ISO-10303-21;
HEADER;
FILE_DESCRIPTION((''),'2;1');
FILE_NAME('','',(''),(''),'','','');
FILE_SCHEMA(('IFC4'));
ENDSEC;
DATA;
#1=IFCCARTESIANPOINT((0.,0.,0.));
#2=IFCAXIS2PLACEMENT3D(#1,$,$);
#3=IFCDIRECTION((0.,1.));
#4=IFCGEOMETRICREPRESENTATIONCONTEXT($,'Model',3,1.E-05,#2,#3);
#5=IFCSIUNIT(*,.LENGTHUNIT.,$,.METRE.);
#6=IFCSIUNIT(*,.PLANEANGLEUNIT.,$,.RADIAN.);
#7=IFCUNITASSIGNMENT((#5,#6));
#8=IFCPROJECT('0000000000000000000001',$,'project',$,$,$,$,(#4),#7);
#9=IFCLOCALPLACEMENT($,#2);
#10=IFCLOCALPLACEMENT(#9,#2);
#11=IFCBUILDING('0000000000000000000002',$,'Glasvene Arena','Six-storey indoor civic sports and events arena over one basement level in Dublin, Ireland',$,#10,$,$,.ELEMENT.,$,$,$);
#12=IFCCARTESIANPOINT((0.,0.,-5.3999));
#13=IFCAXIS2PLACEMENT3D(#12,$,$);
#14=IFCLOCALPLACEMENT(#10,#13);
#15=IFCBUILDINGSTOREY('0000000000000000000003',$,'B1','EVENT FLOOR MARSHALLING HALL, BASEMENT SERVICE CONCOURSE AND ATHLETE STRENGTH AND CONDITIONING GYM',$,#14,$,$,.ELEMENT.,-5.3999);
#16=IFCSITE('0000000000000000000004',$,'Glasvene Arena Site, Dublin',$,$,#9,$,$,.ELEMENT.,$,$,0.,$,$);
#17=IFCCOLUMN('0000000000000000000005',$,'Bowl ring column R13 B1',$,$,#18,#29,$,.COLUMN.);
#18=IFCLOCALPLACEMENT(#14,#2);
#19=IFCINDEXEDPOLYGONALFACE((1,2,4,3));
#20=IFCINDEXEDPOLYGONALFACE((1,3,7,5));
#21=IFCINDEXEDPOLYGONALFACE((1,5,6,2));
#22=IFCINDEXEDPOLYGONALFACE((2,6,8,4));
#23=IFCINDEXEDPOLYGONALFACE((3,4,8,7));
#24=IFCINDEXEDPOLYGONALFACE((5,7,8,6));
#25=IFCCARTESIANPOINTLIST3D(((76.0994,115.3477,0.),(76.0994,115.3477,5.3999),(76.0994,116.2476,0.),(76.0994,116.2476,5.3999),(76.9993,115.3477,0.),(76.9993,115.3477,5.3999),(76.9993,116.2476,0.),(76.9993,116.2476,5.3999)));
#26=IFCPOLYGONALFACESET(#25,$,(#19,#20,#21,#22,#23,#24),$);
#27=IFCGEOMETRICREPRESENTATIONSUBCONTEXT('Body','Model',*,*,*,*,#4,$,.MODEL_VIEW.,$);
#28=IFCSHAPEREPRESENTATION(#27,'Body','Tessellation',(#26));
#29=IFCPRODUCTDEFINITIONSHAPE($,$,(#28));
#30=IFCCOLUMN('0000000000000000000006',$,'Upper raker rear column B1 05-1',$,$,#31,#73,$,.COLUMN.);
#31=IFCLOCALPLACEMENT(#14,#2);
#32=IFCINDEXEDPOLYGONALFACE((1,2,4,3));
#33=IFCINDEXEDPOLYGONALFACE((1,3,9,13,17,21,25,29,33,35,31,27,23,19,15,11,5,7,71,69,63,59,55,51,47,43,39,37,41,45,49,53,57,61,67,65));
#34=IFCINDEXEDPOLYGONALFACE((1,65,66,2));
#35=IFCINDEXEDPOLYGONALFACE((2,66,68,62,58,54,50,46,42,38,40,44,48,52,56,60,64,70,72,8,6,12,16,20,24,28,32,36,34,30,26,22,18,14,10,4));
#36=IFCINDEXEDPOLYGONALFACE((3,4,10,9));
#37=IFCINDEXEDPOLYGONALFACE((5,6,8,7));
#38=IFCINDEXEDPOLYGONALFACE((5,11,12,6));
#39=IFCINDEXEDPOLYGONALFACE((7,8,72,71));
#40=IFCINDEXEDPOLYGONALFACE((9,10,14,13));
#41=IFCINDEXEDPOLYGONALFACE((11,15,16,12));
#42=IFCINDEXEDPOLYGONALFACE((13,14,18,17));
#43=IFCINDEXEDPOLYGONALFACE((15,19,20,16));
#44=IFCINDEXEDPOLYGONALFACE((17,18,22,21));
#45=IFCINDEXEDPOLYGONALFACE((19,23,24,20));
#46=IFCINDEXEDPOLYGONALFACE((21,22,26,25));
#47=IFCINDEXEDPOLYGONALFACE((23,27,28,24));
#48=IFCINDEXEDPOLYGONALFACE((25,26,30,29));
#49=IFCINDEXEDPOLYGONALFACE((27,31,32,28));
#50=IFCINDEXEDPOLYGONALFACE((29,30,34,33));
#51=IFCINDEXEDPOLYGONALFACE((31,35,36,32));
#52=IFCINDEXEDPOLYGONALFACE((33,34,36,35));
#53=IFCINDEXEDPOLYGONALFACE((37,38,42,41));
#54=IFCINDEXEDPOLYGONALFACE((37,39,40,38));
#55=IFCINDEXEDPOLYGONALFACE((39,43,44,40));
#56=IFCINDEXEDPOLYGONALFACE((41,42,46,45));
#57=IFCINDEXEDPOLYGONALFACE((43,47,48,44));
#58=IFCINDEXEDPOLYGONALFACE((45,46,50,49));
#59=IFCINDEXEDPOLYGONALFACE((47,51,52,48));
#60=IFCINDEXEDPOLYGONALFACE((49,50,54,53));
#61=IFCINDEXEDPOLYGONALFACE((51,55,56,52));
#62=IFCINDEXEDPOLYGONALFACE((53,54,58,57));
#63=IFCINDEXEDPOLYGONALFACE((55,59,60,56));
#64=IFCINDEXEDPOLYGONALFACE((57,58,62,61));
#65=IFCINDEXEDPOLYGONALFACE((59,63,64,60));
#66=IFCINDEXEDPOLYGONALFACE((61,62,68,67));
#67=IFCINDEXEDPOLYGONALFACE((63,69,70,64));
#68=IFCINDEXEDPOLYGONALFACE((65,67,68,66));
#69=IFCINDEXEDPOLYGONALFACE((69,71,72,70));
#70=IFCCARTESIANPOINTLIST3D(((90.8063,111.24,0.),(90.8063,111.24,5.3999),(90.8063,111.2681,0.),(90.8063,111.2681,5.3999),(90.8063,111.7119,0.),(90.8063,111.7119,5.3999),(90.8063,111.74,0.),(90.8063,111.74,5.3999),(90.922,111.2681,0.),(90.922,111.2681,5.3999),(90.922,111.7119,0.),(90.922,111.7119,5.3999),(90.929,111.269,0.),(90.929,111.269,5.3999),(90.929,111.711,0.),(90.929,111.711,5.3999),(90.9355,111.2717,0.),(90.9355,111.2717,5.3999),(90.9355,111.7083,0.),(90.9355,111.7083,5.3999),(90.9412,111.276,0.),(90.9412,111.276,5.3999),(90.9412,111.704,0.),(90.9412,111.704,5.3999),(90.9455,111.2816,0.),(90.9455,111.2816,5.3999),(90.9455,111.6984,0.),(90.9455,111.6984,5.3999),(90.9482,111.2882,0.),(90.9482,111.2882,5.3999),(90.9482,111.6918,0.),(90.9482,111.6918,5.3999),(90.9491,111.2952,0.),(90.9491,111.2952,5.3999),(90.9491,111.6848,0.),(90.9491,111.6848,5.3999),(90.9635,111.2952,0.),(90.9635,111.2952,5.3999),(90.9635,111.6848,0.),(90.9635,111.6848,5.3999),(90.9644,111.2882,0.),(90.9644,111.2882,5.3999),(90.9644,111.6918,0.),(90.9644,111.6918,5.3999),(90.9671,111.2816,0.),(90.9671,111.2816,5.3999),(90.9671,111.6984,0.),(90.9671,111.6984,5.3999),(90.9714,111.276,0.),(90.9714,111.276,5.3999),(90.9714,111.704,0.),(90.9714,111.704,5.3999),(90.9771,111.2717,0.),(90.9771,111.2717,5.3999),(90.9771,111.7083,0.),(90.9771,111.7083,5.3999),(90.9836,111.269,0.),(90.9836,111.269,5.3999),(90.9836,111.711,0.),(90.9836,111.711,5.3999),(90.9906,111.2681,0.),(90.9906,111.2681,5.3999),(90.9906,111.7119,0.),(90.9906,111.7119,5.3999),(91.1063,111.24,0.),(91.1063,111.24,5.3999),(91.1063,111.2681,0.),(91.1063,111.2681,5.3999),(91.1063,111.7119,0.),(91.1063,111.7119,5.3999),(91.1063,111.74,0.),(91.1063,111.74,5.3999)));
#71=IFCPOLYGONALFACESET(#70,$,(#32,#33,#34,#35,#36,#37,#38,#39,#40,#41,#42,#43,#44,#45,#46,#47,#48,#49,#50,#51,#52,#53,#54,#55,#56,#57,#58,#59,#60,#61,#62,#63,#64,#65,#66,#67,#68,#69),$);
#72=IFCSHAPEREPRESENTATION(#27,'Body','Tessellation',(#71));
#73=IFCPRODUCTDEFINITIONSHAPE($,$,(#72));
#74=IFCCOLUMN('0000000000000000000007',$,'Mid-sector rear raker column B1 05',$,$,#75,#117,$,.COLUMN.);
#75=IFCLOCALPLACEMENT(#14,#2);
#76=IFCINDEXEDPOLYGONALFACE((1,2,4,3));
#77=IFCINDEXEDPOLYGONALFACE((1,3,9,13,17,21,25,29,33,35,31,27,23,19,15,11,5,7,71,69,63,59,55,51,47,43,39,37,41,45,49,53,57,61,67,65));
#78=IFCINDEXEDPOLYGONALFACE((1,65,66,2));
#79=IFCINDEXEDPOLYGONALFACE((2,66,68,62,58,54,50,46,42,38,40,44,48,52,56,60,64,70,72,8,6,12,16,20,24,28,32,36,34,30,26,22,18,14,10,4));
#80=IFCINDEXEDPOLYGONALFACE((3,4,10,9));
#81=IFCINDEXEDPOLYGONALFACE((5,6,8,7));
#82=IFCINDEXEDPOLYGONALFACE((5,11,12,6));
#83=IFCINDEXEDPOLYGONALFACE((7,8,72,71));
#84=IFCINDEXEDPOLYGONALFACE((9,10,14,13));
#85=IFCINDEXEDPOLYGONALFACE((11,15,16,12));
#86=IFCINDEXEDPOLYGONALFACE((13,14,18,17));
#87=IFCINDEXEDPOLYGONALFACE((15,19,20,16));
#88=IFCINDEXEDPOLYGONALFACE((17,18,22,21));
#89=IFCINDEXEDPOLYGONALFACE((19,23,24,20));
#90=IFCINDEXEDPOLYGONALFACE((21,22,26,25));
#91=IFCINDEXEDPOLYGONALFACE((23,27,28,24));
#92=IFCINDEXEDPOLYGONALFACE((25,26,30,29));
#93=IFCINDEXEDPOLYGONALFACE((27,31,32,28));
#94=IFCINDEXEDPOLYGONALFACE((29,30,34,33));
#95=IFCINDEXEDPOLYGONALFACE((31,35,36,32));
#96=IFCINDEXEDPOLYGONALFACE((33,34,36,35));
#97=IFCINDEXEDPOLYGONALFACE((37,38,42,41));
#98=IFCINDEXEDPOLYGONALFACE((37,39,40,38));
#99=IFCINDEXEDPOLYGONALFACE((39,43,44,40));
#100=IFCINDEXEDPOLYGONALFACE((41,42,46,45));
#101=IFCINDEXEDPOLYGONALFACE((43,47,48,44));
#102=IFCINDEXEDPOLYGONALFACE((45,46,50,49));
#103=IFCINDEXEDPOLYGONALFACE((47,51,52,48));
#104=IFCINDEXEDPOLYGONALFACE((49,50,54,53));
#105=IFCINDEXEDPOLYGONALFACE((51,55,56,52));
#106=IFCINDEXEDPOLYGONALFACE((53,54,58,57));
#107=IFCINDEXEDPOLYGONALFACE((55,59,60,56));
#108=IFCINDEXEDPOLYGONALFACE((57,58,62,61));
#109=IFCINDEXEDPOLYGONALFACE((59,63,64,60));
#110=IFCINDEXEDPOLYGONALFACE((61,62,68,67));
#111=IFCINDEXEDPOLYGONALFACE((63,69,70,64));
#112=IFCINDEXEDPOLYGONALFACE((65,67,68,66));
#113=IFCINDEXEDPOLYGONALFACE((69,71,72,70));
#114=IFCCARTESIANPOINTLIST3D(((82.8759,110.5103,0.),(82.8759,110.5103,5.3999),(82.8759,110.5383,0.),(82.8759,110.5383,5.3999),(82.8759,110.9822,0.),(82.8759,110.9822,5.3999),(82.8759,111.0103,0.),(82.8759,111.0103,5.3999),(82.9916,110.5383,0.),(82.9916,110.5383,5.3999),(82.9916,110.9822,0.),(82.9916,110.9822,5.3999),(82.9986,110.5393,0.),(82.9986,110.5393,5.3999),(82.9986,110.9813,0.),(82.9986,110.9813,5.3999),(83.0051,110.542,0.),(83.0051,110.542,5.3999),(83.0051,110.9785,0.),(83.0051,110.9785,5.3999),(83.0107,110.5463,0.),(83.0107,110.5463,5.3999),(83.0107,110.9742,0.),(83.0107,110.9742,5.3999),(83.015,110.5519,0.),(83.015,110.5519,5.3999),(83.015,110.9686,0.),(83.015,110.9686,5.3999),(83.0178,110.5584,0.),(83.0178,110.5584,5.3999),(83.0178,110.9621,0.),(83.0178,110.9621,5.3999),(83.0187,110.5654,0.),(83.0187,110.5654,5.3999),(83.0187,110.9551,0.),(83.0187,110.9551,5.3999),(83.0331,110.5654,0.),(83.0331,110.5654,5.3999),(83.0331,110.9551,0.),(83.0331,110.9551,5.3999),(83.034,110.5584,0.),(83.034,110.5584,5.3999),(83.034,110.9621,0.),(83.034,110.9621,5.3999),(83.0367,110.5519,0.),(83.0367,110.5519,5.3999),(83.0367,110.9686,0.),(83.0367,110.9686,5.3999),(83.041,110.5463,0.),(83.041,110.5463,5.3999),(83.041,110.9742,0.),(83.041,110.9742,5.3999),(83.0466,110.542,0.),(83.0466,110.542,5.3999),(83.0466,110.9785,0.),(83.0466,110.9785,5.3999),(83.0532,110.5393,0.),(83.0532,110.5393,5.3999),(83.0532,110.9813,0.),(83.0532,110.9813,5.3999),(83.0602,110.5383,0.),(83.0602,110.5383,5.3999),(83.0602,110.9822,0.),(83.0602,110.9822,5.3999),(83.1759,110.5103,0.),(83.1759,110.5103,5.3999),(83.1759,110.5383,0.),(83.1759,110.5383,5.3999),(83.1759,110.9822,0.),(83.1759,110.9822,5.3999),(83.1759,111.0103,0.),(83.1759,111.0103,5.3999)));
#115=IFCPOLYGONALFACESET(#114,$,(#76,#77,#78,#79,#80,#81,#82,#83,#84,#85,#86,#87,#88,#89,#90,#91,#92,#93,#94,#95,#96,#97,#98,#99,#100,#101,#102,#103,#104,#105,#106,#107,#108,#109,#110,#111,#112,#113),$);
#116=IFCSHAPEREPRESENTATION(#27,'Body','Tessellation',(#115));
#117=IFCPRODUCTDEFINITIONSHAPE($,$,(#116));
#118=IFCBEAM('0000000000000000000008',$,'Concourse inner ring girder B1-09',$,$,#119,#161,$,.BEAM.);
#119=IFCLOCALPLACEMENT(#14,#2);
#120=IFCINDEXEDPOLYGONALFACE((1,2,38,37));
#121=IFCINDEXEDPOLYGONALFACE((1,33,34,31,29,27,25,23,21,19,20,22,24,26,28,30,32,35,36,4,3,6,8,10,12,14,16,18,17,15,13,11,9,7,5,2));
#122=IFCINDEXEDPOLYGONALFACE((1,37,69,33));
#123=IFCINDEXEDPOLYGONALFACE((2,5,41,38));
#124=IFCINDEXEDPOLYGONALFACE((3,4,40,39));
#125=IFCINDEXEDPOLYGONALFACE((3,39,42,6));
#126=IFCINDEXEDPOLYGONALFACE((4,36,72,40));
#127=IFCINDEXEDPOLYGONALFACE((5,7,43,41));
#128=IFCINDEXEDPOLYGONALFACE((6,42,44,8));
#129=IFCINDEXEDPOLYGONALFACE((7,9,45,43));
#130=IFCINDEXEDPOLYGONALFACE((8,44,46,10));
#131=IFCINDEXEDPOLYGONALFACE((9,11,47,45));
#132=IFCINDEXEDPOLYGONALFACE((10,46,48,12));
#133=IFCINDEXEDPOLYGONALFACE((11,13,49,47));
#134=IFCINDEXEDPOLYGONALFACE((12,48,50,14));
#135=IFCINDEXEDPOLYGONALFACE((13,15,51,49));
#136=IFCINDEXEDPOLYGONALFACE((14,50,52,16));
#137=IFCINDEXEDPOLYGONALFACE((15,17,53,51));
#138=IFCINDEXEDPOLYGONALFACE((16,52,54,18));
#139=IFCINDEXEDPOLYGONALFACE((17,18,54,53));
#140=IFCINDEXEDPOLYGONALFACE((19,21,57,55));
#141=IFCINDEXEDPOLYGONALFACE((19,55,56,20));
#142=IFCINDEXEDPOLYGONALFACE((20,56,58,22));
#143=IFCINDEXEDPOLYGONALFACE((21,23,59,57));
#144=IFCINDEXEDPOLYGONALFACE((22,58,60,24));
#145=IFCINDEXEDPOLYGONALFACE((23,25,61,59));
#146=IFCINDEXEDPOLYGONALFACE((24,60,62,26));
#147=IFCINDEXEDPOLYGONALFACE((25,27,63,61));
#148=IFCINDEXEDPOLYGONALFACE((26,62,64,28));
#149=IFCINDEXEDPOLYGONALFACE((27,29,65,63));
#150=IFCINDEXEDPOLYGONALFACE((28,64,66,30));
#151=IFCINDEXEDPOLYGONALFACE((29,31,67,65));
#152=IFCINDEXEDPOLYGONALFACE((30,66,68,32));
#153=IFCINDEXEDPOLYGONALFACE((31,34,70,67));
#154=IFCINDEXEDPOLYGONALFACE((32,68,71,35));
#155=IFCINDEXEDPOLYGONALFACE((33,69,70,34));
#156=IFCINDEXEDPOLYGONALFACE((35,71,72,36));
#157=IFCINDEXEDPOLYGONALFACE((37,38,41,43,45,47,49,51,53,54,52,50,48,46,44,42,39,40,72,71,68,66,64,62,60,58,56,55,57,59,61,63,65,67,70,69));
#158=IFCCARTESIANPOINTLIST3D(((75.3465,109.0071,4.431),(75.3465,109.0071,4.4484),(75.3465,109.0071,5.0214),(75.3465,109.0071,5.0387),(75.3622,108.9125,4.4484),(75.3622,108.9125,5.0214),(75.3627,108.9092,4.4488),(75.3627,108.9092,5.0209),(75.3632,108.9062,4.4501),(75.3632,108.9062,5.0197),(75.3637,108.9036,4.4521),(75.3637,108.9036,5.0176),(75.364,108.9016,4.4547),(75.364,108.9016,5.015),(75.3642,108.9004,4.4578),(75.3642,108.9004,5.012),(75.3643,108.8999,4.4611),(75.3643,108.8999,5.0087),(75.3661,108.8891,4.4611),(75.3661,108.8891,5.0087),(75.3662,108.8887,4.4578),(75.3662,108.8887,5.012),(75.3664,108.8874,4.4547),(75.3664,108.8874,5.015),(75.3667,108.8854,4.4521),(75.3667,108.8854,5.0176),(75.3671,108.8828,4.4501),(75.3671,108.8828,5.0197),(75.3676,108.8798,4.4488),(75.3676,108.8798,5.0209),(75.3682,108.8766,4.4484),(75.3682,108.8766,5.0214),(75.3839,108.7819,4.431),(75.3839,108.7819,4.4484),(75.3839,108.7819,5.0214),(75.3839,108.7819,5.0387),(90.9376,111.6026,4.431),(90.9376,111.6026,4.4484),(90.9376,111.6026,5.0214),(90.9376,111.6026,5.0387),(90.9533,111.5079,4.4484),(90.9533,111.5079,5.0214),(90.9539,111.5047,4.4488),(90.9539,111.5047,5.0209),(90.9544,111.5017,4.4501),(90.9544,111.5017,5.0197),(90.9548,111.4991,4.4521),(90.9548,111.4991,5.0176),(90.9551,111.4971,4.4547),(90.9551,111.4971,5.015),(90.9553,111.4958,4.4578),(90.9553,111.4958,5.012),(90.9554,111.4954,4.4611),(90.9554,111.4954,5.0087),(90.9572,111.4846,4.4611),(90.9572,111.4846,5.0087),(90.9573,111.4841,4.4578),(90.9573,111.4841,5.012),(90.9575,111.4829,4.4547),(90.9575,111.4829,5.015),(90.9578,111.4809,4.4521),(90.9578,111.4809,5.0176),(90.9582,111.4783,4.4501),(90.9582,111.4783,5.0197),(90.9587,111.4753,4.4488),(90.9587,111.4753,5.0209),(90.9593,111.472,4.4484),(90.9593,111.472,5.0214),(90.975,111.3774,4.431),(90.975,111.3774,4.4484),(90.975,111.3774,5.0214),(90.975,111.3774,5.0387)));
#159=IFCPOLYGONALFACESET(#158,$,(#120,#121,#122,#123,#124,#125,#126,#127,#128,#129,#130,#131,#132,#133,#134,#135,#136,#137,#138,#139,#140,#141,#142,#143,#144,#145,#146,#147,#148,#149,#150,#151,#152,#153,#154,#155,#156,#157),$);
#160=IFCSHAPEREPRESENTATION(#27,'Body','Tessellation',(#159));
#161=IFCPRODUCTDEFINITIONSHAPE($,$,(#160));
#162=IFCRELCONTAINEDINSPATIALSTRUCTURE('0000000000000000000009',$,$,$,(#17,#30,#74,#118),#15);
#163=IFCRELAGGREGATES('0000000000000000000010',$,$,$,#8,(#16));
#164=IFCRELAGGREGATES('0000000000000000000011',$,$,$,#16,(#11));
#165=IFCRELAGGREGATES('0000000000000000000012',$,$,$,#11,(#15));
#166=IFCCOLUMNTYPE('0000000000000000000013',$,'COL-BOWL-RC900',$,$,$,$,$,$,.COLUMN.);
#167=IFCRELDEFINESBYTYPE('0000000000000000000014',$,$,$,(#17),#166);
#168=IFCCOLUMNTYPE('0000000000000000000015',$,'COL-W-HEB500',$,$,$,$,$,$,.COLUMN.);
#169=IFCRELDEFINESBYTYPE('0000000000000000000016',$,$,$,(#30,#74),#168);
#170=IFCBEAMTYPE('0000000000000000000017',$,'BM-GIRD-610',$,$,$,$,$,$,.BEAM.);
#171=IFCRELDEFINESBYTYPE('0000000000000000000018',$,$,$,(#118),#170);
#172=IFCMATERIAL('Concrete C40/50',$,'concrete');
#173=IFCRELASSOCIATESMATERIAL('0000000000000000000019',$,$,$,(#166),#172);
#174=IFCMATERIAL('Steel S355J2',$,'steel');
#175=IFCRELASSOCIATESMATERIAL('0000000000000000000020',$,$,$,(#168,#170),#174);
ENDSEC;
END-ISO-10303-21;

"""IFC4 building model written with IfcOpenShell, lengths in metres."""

from ifc_helpers import new_model, si_unit, direction, frame, origin, origin_2d, place, context, subcontext, project, spatial, rectangle, i_section, extrude, material, material_profile, profile_set, type_object, element, save


model = new_model("IFC4")

# Units and contexts
model_context = context("Model", 3, precision=1e-05, world=origin(), true_north=direction((0.0, 1.0)))
body_context = subcontext(model_context, "Body", "Model", "MODEL_VIEW")
ifc_project = project(units=[si_unit("LENGTHUNIT", "METRE"), si_unit("PLANEANGLEUNIT", "RADIAN")], contexts=[model_context])

# Site, building, storey
site_placement = place(None, origin())
site = spatial("IfcSite", under=ifc_project, at=site_placement, Name="Glasvene Arena Site, Dublin", CompositionType="ELEMENT", RefElevation=0.0)
building_placement = place(site_placement, origin())
building = spatial("IfcBuilding", under=site, at=building_placement, Name="Glasvene Arena", Description="Six-storey indoor civic sports and events arena over one basement level in Dublin, Ireland", CompositionType="ELEMENT")
storey_placement = place(building_placement, frame((0.0, 0.0, -5.3999)))
storey = spatial("IfcBuildingStorey", under=building, at=storey_placement, Name="B1", Description="EVENT FLOOR MARSHALLING HALL, BASEMENT SERVICE CONCOURSE AND ATHLETE STRENGTH AND CONDITIONING GYM", CompositionType="ELEMENT", Elevation=-5.3999)

# Shared definitions
ifc_material_1 = material(Name="Concrete C40/50", Category="concrete")

# Columns
ifc_material_profile_1 = material_profile(ifc_material_1, rectangle(XDim=0.8999, YDim=0.8999, at=origin_2d()), Name="RC 900x900")
ifc_profile_set_1 = profile_set([ifc_material_profile_1], Name="Concrete C40/50")
column_type_1 = type_object("IfcColumnType", Name="COL-BOWL-RC900", PredefinedType="COLUMN", material=ifc_profile_set_1)
for number, where, z_axis, x_axis, name in (
    (1, (76.5493, 115.7976, 0.0), (0.0, 0.0, 1.0), (1.0, 0.0, 0.0), "Bowl ring column R13 B1"),
):
    element("IfcColumn", number, at=place(storey_placement, frame(where, z_axis=z_axis, x_axis=x_axis)), inside=storey, type_object=column_type_1, Name=name, PredefinedType="COLUMN", context=body_context, shape_type="SweptSolid", body=[
        extrude(rectangle(XDim=0.8999, YDim=0.8999, at=origin_2d()), origin(), (0.0, 0.0, 1.0), 5.3999),
    ])
ifc_material_2 = material(Name="Steel S355J2", Category="steel")
ifc_material_profile_2 = material_profile(ifc_material_2, i_section(OverallWidth=0.3, OverallDepth=0.5, WebThickness=0.0144, FlangeThickness=0.0281, FilletRadius=0.0271, at=origin_2d()), Name="HEB 500")
ifc_profile_set_2 = profile_set([ifc_material_profile_2], Name="Steel S355J2")
column_type_2 = type_object("IfcColumnType", Name="COL-W-HEB500", PredefinedType="COLUMN", material=ifc_profile_set_2)
for number, where, z_axis, x_axis, name in (
    (2, (90.9563, 111.49, 0.0), (0.0, 0.0, 1.0), (1.0, 0.0, 0.0), "Upper raker rear column B1 05-1"),
    (3, (83.0259, 110.7603, 0.0), (0.0, 0.0, 1.0), (1.0, 0.0, 0.0), "Mid-sector rear raker column B1 05"),
):
    element("IfcColumn", number, at=place(storey_placement, frame(where, z_axis=z_axis, x_axis=x_axis)), inside=storey, type_object=column_type_2, Name=name, PredefinedType="COLUMN", context=body_context, shape_type="SweptSolid", body=[
        extrude(i_section(OverallWidth=0.3, OverallDepth=0.5, WebThickness=0.0144, FlangeThickness=0.0281, FilletRadius=0.0271, at=origin_2d()), origin(), (0.0, 0.0, 1.0), 5.3999),
    ])

# Beam
ifc_material_profile_3 = material_profile(ifc_material_2, i_section(OverallWidth=0.2283, OverallDepth=0.6077, WebThickness=0.011, FlangeThickness=0.0173, FilletRadius=0.0127, at=origin_2d()), Name="UKB 610x229x113")
ifc_profile_set_3 = profile_set([ifc_material_profile_3], Name="Steel S355J2")
beam_type_1 = type_object("IfcBeamType", Name="BM-GIRD-610", PredefinedType="BEAM", material=ifc_profile_set_3)
beam_1_placement = place(storey_placement, frame((90.9563, 111.49, 4.7349), z_axis=(-0.986425, -0.164211, 0.0), x_axis=(0.164211, -0.986425, 0.0)))
element("IfcBeam", 4, at=beam_1_placement, inside=storey, type_object=beam_type_1, Name="Concourse inner ring girder B1-09", PredefinedType="BEAM", context=body_context, shape_type="SweptSolid", body=[
    extrude(i_section(OverallWidth=0.2283, OverallDepth=0.6077, WebThickness=0.011, FlangeThickness=0.0173, FilletRadius=0.0127, at=origin_2d()), origin(), (0.0, 0.0, 1.0), 15.8057),
])

save(model, "model.ifc")
